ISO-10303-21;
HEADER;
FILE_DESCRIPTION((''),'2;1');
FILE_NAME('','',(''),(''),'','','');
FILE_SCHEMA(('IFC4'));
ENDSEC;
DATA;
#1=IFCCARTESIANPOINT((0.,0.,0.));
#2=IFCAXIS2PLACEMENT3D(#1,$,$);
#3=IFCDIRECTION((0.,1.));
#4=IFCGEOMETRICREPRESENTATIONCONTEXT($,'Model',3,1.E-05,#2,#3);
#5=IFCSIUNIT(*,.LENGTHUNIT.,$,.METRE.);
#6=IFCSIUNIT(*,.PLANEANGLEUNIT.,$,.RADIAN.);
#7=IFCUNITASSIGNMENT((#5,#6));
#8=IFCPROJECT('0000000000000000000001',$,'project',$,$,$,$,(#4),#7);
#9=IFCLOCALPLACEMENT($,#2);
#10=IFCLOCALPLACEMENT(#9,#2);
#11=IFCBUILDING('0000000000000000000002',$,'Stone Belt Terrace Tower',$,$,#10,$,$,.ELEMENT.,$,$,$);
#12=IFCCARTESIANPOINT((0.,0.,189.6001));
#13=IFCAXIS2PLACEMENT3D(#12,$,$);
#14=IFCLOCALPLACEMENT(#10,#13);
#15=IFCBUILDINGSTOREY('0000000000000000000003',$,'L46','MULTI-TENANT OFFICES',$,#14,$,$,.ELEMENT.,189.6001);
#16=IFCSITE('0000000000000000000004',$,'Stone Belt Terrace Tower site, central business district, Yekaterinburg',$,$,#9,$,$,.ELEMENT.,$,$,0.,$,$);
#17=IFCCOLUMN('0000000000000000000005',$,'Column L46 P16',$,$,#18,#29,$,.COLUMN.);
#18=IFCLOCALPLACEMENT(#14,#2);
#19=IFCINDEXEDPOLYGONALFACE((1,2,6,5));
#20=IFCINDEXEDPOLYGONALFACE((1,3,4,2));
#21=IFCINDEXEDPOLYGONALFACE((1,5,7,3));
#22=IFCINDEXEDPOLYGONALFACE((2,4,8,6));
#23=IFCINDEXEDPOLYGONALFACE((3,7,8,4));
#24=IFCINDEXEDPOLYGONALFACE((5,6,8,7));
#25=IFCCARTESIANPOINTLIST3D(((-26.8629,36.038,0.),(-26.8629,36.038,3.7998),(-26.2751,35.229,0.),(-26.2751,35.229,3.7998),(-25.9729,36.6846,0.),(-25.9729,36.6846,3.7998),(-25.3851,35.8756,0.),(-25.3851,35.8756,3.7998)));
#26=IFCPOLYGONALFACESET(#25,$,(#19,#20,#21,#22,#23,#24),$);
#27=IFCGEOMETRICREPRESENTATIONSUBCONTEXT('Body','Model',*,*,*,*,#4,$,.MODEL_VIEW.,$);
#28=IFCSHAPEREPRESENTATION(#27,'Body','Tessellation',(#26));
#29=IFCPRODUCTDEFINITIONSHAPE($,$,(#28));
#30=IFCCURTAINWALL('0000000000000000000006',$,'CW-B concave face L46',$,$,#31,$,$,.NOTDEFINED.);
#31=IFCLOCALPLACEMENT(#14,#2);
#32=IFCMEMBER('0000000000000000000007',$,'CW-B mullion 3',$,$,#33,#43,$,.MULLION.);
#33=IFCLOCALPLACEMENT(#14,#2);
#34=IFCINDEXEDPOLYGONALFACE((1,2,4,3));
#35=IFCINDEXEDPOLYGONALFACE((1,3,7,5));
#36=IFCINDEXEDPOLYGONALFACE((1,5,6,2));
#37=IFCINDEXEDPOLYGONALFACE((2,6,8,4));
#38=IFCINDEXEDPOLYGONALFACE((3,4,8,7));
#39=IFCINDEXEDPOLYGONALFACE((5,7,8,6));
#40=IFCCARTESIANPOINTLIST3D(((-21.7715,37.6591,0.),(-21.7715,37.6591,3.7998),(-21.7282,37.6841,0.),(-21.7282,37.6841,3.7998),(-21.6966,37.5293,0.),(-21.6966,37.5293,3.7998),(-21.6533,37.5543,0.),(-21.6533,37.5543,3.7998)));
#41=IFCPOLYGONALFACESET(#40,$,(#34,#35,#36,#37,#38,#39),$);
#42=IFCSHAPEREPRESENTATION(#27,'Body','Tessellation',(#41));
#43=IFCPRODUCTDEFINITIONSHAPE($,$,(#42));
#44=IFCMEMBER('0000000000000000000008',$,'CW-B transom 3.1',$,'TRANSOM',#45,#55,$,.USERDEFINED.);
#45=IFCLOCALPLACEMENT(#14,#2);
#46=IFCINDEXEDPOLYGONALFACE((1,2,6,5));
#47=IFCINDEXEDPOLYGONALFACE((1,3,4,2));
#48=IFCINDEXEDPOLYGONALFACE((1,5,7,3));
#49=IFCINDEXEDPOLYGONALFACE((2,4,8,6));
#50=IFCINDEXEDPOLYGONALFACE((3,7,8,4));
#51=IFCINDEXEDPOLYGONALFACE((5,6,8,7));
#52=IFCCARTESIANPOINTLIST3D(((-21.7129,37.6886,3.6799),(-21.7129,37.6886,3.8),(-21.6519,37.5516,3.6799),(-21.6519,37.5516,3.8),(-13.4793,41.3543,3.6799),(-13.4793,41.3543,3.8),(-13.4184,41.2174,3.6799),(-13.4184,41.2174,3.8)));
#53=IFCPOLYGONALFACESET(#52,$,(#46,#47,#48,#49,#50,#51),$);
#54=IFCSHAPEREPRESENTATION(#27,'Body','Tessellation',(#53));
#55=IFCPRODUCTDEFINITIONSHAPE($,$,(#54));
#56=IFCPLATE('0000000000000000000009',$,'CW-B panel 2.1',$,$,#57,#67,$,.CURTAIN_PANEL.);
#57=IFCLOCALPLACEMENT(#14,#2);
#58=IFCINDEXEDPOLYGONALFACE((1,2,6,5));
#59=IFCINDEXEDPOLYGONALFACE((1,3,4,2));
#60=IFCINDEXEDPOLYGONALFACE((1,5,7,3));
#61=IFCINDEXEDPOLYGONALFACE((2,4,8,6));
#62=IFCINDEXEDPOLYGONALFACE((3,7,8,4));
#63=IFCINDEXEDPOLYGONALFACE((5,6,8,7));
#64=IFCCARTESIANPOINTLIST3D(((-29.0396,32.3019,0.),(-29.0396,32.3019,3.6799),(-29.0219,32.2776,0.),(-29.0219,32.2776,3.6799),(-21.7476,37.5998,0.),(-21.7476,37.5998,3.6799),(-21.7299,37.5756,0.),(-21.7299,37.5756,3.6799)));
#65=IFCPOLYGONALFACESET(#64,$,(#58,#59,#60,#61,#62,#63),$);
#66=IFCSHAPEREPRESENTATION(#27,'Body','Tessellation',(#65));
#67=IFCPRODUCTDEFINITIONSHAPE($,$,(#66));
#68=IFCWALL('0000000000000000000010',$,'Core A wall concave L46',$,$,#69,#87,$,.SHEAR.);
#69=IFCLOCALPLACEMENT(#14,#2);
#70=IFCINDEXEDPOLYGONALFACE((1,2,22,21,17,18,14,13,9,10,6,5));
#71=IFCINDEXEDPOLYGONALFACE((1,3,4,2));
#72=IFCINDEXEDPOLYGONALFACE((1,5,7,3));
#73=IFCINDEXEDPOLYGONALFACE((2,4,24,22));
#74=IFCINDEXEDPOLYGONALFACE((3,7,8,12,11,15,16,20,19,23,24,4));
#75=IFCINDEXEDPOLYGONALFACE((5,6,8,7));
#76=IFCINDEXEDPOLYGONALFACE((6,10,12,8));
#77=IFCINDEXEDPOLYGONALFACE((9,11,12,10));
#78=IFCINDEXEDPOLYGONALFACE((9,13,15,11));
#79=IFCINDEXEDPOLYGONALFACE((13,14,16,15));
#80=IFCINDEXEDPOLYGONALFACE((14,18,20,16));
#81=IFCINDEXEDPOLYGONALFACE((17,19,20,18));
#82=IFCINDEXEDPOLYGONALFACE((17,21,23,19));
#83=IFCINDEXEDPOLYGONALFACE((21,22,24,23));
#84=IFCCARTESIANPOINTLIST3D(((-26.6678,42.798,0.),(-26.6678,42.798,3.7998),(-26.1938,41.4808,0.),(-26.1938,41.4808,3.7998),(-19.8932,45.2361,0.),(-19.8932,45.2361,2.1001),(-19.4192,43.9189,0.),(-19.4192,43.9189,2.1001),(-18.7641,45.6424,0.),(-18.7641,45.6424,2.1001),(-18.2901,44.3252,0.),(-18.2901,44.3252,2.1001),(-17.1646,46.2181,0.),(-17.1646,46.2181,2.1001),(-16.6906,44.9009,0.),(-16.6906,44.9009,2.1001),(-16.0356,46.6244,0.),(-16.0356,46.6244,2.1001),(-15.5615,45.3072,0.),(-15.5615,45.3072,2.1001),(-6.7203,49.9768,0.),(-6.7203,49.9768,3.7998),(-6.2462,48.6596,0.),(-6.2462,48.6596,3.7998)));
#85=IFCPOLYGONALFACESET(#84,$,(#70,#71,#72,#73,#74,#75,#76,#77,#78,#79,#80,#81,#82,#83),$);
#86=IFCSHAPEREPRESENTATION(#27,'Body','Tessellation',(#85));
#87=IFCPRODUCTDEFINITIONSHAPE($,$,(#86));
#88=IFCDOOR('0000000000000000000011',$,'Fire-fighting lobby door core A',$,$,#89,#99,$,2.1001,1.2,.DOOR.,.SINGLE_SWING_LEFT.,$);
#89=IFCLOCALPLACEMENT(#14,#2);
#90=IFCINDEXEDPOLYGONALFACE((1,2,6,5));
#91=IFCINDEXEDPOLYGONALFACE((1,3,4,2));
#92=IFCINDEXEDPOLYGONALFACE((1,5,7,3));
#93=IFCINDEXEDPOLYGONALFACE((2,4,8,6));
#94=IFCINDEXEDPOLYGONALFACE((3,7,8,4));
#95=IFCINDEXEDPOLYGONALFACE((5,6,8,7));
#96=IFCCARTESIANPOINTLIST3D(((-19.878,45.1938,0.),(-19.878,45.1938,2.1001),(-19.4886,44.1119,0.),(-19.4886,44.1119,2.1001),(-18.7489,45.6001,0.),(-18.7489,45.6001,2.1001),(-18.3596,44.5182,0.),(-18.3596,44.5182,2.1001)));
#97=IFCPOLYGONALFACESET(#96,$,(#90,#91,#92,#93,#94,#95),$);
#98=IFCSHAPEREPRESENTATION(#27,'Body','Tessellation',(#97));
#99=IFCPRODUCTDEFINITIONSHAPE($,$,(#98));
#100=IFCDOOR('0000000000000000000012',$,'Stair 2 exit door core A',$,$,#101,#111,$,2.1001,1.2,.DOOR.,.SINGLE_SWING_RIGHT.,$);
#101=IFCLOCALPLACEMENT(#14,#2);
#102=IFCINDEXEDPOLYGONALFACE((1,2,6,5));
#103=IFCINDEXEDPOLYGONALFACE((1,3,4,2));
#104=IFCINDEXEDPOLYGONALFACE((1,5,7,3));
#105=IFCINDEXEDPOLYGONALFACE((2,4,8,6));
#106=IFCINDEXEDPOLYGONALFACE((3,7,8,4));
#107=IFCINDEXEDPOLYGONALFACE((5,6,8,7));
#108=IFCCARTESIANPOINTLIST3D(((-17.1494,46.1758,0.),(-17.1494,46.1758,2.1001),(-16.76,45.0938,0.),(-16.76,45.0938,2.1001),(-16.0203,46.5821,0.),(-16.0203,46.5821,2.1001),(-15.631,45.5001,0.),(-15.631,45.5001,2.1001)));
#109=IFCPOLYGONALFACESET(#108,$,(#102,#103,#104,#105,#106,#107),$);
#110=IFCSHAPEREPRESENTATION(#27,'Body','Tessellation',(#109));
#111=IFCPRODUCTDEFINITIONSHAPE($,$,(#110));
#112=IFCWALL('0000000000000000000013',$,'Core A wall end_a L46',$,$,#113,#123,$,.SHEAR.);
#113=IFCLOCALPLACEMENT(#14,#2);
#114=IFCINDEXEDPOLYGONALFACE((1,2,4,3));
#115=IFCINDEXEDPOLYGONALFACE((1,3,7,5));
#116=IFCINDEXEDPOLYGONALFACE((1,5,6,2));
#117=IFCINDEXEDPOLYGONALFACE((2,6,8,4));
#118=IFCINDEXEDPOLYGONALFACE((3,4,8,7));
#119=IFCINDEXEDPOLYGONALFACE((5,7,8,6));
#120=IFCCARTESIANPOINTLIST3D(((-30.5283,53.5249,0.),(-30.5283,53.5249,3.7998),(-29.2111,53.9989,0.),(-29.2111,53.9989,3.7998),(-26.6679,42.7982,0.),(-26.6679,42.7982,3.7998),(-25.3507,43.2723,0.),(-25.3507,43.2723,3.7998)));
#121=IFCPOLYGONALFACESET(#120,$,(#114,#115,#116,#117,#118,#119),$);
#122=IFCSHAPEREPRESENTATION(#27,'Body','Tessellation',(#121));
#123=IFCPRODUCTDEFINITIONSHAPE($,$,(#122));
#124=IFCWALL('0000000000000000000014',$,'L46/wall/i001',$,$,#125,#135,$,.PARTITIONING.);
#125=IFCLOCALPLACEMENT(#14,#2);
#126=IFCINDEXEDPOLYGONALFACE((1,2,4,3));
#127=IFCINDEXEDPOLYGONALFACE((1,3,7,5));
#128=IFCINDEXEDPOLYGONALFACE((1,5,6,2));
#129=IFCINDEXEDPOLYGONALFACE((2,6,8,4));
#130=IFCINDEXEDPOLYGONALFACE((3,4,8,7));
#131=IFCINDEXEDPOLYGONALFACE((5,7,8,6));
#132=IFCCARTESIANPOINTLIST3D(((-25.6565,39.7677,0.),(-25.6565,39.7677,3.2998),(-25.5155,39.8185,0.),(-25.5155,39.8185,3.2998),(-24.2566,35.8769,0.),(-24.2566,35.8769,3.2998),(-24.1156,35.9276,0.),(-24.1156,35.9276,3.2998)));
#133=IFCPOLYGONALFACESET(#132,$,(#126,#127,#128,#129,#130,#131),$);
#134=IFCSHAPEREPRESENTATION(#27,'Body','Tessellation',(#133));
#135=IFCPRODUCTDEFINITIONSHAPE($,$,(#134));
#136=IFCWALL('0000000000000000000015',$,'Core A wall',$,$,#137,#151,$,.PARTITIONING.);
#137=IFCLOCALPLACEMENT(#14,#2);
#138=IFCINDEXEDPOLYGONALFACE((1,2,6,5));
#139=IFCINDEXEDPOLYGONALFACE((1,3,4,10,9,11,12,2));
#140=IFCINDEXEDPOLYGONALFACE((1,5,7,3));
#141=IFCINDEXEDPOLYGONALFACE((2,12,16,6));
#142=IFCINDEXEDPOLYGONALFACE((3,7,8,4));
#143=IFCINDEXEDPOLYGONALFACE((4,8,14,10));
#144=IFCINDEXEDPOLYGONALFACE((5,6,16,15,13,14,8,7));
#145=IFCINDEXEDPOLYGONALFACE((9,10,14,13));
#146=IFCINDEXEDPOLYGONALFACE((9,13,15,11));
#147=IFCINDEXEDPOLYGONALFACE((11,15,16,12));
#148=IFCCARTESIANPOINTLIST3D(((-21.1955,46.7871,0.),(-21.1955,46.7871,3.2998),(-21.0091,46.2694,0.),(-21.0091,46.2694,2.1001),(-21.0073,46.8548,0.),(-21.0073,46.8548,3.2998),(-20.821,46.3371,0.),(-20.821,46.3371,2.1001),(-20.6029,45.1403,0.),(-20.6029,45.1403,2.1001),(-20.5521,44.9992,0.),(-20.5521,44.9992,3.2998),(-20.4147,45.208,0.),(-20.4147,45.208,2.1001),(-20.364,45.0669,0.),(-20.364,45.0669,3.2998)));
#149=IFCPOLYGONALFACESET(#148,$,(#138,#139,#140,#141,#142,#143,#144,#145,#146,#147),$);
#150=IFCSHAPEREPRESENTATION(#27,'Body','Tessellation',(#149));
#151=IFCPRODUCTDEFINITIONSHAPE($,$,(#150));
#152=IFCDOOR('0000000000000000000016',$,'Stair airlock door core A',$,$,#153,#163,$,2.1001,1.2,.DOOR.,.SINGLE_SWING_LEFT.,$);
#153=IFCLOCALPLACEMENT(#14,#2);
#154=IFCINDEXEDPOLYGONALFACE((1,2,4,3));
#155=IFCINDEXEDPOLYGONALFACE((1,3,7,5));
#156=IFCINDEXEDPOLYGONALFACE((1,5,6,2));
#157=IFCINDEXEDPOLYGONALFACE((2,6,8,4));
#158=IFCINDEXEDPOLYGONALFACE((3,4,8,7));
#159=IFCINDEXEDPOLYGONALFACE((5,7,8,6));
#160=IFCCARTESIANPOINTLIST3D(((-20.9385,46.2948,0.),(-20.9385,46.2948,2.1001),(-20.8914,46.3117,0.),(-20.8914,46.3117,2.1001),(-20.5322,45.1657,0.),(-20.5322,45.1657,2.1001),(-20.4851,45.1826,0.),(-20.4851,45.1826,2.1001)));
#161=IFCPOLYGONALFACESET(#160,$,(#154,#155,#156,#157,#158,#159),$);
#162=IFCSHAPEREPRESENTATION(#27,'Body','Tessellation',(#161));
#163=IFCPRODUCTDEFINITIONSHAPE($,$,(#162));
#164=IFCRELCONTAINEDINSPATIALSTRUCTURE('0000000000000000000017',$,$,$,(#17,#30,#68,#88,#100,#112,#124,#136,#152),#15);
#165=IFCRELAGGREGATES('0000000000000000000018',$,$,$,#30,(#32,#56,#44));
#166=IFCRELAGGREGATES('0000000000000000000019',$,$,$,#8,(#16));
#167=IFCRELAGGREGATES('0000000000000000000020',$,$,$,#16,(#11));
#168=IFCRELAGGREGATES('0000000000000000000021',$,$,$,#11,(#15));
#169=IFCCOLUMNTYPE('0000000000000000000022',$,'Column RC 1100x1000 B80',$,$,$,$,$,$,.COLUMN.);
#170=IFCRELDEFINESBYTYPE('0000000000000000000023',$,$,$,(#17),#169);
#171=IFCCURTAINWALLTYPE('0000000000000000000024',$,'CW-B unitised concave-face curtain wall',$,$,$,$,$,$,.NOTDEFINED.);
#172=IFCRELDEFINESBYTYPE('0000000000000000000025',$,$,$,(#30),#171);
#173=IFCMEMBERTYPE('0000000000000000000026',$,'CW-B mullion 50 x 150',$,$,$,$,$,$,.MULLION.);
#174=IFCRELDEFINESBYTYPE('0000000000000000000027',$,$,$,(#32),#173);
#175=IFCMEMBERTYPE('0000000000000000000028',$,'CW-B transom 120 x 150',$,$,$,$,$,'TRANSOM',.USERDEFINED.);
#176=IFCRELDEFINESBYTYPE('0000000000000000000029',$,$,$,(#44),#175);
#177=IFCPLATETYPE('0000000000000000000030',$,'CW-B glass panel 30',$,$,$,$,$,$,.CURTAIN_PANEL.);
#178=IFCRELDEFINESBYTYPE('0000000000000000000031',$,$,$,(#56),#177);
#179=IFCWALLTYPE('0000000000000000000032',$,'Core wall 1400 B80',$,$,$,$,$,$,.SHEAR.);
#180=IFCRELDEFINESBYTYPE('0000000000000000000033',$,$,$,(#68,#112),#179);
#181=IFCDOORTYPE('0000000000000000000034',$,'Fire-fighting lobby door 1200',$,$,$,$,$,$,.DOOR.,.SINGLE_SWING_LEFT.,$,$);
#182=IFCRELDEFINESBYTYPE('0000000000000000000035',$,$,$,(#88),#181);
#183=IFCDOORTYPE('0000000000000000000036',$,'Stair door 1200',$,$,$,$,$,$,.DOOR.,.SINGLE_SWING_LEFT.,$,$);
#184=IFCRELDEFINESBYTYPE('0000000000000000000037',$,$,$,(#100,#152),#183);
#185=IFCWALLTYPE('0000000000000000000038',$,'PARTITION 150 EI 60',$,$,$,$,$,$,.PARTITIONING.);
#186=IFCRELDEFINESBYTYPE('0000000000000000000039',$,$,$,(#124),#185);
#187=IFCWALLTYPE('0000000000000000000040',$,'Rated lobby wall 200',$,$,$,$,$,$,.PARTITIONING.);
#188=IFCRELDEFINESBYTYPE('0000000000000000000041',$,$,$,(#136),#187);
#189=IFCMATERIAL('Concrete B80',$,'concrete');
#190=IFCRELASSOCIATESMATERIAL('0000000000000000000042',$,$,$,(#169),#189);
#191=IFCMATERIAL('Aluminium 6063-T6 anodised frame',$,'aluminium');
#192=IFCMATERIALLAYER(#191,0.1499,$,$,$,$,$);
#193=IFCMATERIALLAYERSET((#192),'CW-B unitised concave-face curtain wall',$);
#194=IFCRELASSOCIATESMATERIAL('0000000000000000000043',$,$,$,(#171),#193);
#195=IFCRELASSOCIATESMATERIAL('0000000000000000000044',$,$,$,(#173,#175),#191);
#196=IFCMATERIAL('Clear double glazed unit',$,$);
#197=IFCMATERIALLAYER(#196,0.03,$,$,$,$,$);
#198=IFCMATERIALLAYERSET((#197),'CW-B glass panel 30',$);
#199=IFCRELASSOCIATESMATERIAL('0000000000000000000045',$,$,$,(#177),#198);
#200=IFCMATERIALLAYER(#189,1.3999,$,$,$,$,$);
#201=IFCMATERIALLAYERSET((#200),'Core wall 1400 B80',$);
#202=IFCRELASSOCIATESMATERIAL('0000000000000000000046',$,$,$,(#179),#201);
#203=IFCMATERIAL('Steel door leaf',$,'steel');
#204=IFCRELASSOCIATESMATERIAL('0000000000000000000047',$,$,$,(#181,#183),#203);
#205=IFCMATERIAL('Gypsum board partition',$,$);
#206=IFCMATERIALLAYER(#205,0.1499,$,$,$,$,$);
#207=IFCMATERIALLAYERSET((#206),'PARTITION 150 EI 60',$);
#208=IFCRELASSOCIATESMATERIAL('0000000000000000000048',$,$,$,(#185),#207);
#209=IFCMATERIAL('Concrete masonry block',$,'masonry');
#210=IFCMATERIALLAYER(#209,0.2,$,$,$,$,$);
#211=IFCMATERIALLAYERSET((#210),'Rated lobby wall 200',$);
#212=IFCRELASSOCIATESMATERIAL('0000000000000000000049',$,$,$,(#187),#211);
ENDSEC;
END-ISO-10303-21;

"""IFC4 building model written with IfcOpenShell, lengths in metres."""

from ifc_helpers import new_model, si_unit, direction, frame, frame_2d, origin, origin_2d, place, context, subcontext, project, spatial, rectangle, extrude, material, layer, layer_set, material_profile, profile_set, type_object, element, fill, aggregate, save


model = new_model("IFC4")

# Units and contexts
model_context = context("Model", 3, precision=1e-05, world=origin(), true_north=direction((0.0, 1.0)))
body_context = subcontext(model_context, "Body", "Model", "MODEL_VIEW")
ifc_project = project(units=[si_unit("LENGTHUNIT", "METRE"), si_unit("PLANEANGLEUNIT", "RADIAN")], contexts=[model_context])

# Site, building, storey
site_placement = place(None, origin())
site = spatial("IfcSite", under=ifc_project, at=site_placement, Name="Stone Belt Terrace Tower site, central business district, Yekaterinburg", CompositionType="ELEMENT", RefElevation=0.0)
building_placement = place(site_placement, origin())
building = spatial("IfcBuilding", under=site, at=building_placement, Name="Stone Belt Terrace Tower", CompositionType="ELEMENT")
storey_placement = place(building_placement, frame((0.0, 0.0, 189.6001)))
storey = spatial("IfcBuildingStorey", under=building, at=storey_placement, Name="L46", Description="MULTI-TENANT OFFICES", CompositionType="ELEMENT", Elevation=189.6001)

# Column
ifc_material_1 = material(Name="Concrete B80", Category="concrete")
ifc_material_profile_1 = material_profile(ifc_material_1, rectangle(XDim=1.1001, YDim=1.0, at=origin_2d()), Name="RC 1100x1000")
ifc_profile_set_1 = profile_set([ifc_material_profile_1], Name="Concrete B80")
column_type = type_object("IfcColumnType", Name="Column RC 1100x1000 B80", PredefinedType="COLUMN", material=ifc_profile_set_1)
column_placement = place(storey_placement, frame((-26.124, 35.9568, 0.0), z_axis=(0.0, 0.0, 1.0), x_axis=(0.809017, 0.587785, 0.0)))
element("IfcColumn", 1, at=column_placement, inside=storey, type_object=column_type, Name="Column L46 P16", PredefinedType="COLUMN", context=body_context, shape_type="SweptSolid", body=[
    extrude(rectangle(XDim=1.1001, YDim=1.0, at=origin_2d()), origin(), (0.0, 0.0, 1.0), 3.7998),
])

# Curtain wall, members, plate
ifc_material_2 = material(Name="Aluminium 6063-T6 anodised frame", Category="aluminium")
ifc_layer_1 = layer(ifc_material_2, 0.1499)
ifc_layer_set_1 = layer_set([ifc_layer_1], Name="CW-B unitised concave-face curtain wall")
curtain_wall_type = type_object("IfcCurtainWallType", Name="CW-B unitised concave-face curtain wall", PredefinedType="NOTDEFINED", material=ifc_layer_set_1)
curtain_wall_placement = place(storey_placement, origin())
curtain_wall = element("IfcCurtainWall", 2, at=curtain_wall_placement, inside=storey, type_object=curtain_wall_type, Name="CW-B concave face L46", PredefinedType="NOTDEFINED")
ifc_material_profile_2 = material_profile(ifc_material_2, rectangle(XDim=0.1499, YDim=0.05, at=origin_2d()), Name="Aluminium 6063-T6 50x150")
ifc_profile_set_2 = profile_set([ifc_material_profile_2], Name="Aluminium 6063-T6 anodised frame")
member_type_1 = type_object("IfcMemberType", Name="CW-B mullion 50 x 150", PredefinedType="MULLION", material=ifc_profile_set_2)
member_1_placement = place(storey_placement, frame((-21.7124, 37.6067, 0.0), z_axis=(0.0, 0.0, 1.0), x_axis=(-0.5, 0.866025, 0.0)))
member_1 = element("IfcMember", 3, at=member_1_placement, type_object=member_type_1, Name="CW-B mullion 3", PredefinedType="MULLION", context=body_context, shape_type="SweptSolid", body=[
    extrude(rectangle(XDim=0.1499, YDim=0.05, at=origin_2d()), origin(), (0.0, 0.0, 1.0), 3.7998),
])
ifc_material_profile_3 = material_profile(ifc_material_2, rectangle(XDim=0.1499, YDim=0.1201, at=origin_2d()), Name="Aluminium 6063-T6 150x120")
ifc_profile_set_3 = profile_set([ifc_material_profile_3], Name="Aluminium 6063-T6 anodised frame")
member_type_2 = type_object("IfcMemberType", Name="CW-B transom 120 x 150", ElementType="TRANSOM", PredefinedType="USERDEFINED", material=ifc_profile_set_3)
member_2_placement = place(storey_placement, frame((-21.6824, 37.6201, 3.74), z_axis=(0.913549, 0.406729, 0.0), x_axis=(-0.406729, 0.913549, 0.0)))
member_2 = element("IfcMember", 4, at=member_2_placement, type_object=member_type_2, Name="CW-B transom 3.1", ObjectType="TRANSOM", PredefinedType="USERDEFINED", context=body_context, shape_type="SweptSolid", body=[
    extrude(rectangle(XDim=0.1499, YDim=0.1201, at=origin_2d()), origin(), (0.0, 0.0, 1.0), 9.0127),
])
ifc_material_3 = material(Name="Clear double glazed unit")
ifc_layer_2 = layer(ifc_material_3, 0.03)
ifc_layer_set_2 = layer_set([ifc_layer_2], Name="CW-B glass panel 30")
plate_type = type_object("IfcPlateType", Name="CW-B glass panel 30", PredefinedType="CURTAIN_PANEL", material=ifc_layer_set_2)
plate_placement = place(storey_placement, frame((-25.3848, 34.9387, 0.0), z_axis=(0.0, 0.0, 1.0), x_axis=(0.809017, 0.587785, 0.0)))
plate = element("IfcPlate", 5, at=plate_placement, type_object=plate_type, Name="CW-B panel 2.1", PredefinedType="CURTAIN_PANEL", context=body_context, shape_type="SweptSolid", body=[
    extrude(rectangle(XDim=9.0134, YDim=0.03, at=origin_2d()), origin(), (0.0, 0.0, 1.0), 3.6799),
])
aggregate(curtain_wall, [member_1, plate, member_2])

# Wall, openings, doors
ifc_layer_3 = layer(ifc_material_1, 1.3999)
ifc_layer_set_3 = layer_set([ifc_layer_3], Name="Core wall 1400 B80")
wall_type_1 = type_object("IfcWallType", Name="Core wall 1400 B80", PredefinedType="SHEAR", material=ifc_layer_set_3)
wall_1_placement = place(storey_placement, frame((-26.4309, 42.1394, 0.0), z_axis=(0.0, 0.0, 1.0), x_axis=(0.940923, 0.33862, 0.0)))
wall_1 = element("IfcWall", 6, at=wall_1_placement, inside=storey, type_object=wall_type_1, Name="Core A wall concave L46", PredefinedType="SHEAR", context=body_context, shape_type="SweptSolid", body=[
    extrude(rectangle(XDim=21.2, YDim=1.3999, at=frame_2d((10.6001, 0.0))), origin(), (0.0, 0.0, 1.0), 3.7998),
])
opening_1_placement = place(wall_1_placement, frame((7.2, 0.0, 0.0)))
opening_1 = element("IfcOpeningElement", 7, at=opening_1_placement, cuts=wall_1, PredefinedType="OPENING", context=body_context, shape_type="SweptSolid", body=[
    extrude(rectangle(XDim=1.2, YDim=2.1001, at=frame_2d((0.6001, 1.05))), frame((0.0, 0.71, 0.0), z_axis=(0.0, -1.0, 0.0), x_axis=(1.0, 0.0, 0.0)), (0.0, 0.0, 1.0), 1.4199),
])
opening_2_placement = place(wall_1_placement, frame((10.0999, 0.0, 0.0)))
opening_2 = element("IfcOpeningElement", 8, at=opening_2_placement, cuts=wall_1, PredefinedType="OPENING", context=body_context, shape_type="SweptSolid", body=[
    extrude(rectangle(XDim=1.2, YDim=2.1001, at=frame_2d((0.6001, 1.05))), frame((0.0, 0.71, 0.0), z_axis=(0.0, -1.0, 0.0), x_axis=(1.0, 0.0, 0.0)), (0.0, 0.0, 1.0), 1.4199),
])
ifc_material_4 = material(Name="Steel door leaf", Category="steel")
door_type_1 = type_object("IfcDoorType", Name="Fire-fighting lobby door 1200", OperationType="SINGLE_SWING_LEFT", PredefinedType="DOOR", material=ifc_material_4)
door_1_placement = place(opening_1_placement, origin())
door_1 = element("IfcDoor", 9, at=door_1_placement, inside=storey, type_object=door_type_1, Name="Fire-fighting lobby door core A", OperationType="SINGLE_SWING_LEFT", OverallHeight=2.1001, OverallWidth=1.2, PredefinedType="DOOR", context=body_context, shape_type="SweptSolid", body=[
    extrude(rectangle(XDim=1.2, YDim=2.1001, at=frame_2d((0.6001, 1.05))), frame((0.0, 0.655, 0.0), z_axis=(0.0, -1.0, 0.0), x_axis=(1.0, 0.0, 0.0)), (0.0, 0.0, 1.0), 1.1499),
])
fill(opening_1, door_1)
door_type_2 = type_object("IfcDoorType", Name="Stair door 1200", OperationType="SINGLE_SWING_LEFT", PredefinedType="DOOR", material=ifc_material_4)
door_2_placement = place(opening_2_placement, origin())
door_2 = element("IfcDoor", 10, at=door_2_placement, inside=storey, type_object=door_type_2, Name="Stair 2 exit door core A", OperationType="SINGLE_SWING_RIGHT", OverallHeight=2.1001, OverallWidth=1.2, PredefinedType="DOOR", context=body_context, shape_type="SweptSolid", body=[
    extrude(rectangle(XDim=1.2, YDim=2.1001, at=frame_2d((0.6001, 1.05))), frame((0.0, 0.655, 0.0), z_axis=(0.0, -1.0, 0.0), x_axis=(1.0, 0.0, 0.0)), (0.0, 0.0, 1.0), 1.1499),
])
fill(opening_2, door_2)

# Walls
wall_2_placement = place(storey_placement, frame((-26.0093, 43.0352, 0.0), z_axis=(0.0, 0.0, 1.0), x_axis=(-0.338625, 0.940921, 0.0)))
element("IfcWall", 11, at=wall_2_placement, inside=storey, type_object=wall_type_1, Name="Core A wall end_a L46", PredefinedType="SHEAR", context=body_context, shape_type="SweptSolid", body=[
    extrude(rectangle(XDim=11.4001, YDim=1.3999, at=frame_2d((5.7002, 0.0))), origin(), (0.0, 0.0, 1.0), 3.7998),
])
ifc_material_5 = material(Name="Gypsum board partition")
ifc_layer_4 = layer(ifc_material_5, 0.1499)
ifc_layer_set_4 = layer_set([ifc_layer_4], Name="PARTITION 150 EI 60")
wall_type_2 = type_object("IfcWallType", Name="PARTITION 150 EI 60", PredefinedType="PARTITIONING", material=ifc_layer_set_4)
wall_3_placement = place(storey_placement, frame((-25.5859, 39.793, 0.0), z_axis=(0.0, 0.0, 1.0), x_axis=(0.338546, -0.94095, 0.0)))
element("IfcWall", 12, at=wall_3_placement, inside=storey, type_object=wall_type_2, Name="L46/wall/i001", PredefinedType="PARTITIONING", context=body_context, shape_type="SweptSolid", body=[
    extrude(rectangle(XDim=4.135, YDim=0.1499, at=frame_2d((2.0674, 0.0))), origin(), (0.0, 0.0, 1.0), 3.2998),
])

# Wall, opening, door
ifc_material_6 = material(Name="Concrete masonry block", Category="masonry")
ifc_layer_5 = layer(ifc_material_6, 0.2)
ifc_layer_set_5 = layer_set([ifc_layer_5], Name="Rated lobby wall 200")
wall_type_3 = type_object("IfcWallType", Name="Rated lobby wall 200", PredefinedType="PARTITIONING", material=ifc_layer_set_5)
wall_4_placement = place(storey_placement, frame((-20.458, 45.033, 0.0), z_axis=(0.0, 0.0, 1.0), x_axis=(-0.338574, 0.94094, 0.0)))
wall_4 = element("IfcWall", 13, at=wall_4_placement, inside=storey, type_object=wall_type_3, Name="Core A wall", PredefinedType="PARTITIONING", context=body_context, shape_type="SweptSolid", body=[
    extrude(rectangle(XDim=1.9001, YDim=0.2, at=frame_2d((0.9502, 0.0))), origin(), (0.0, 0.0, 1.0), 3.2998),
])
opening_3_placement = place(wall_4_placement, frame((0.1499, 0.0, 0.0)))
opening_3 = element("IfcOpeningElement", 14, at=opening_3_placement, cuts=wall_4, PredefinedType="OPENING", context=body_context, shape_type="SweptSolid", body=[
    extrude(rectangle(XDim=1.2, YDim=2.1001, at=frame_2d((0.6001, 1.05))), frame((0.0, 0.1099, 0.0), z_axis=(0.0, -1.0, 0.0), x_axis=(1.0, 0.0, 0.0)), (0.0, 0.0, 1.0), 0.22),
])
door_3_placement = place(opening_3_placement, origin())
door_3 = element("IfcDoor", 15, at=door_3_placement, inside=storey, type_object=door_type_2, Name="Stair airlock door core A", OperationType="SINGLE_SWING_LEFT", OverallHeight=2.1001, OverallWidth=1.2, PredefinedType="DOOR", context=body_context, shape_type="SweptSolid", body=[
    extrude(rectangle(XDim=1.2, YDim=2.1001, at=frame_2d((0.6001, 1.05))), frame((0.0, 0.0249, 0.0), z_axis=(0.0, -1.0, 0.0), x_axis=(1.0, 0.0, 0.0)), (0.0, 0.0, 1.0), 0.05),
])
fill(opening_3, door_3)

save(model, "model.ifc")
